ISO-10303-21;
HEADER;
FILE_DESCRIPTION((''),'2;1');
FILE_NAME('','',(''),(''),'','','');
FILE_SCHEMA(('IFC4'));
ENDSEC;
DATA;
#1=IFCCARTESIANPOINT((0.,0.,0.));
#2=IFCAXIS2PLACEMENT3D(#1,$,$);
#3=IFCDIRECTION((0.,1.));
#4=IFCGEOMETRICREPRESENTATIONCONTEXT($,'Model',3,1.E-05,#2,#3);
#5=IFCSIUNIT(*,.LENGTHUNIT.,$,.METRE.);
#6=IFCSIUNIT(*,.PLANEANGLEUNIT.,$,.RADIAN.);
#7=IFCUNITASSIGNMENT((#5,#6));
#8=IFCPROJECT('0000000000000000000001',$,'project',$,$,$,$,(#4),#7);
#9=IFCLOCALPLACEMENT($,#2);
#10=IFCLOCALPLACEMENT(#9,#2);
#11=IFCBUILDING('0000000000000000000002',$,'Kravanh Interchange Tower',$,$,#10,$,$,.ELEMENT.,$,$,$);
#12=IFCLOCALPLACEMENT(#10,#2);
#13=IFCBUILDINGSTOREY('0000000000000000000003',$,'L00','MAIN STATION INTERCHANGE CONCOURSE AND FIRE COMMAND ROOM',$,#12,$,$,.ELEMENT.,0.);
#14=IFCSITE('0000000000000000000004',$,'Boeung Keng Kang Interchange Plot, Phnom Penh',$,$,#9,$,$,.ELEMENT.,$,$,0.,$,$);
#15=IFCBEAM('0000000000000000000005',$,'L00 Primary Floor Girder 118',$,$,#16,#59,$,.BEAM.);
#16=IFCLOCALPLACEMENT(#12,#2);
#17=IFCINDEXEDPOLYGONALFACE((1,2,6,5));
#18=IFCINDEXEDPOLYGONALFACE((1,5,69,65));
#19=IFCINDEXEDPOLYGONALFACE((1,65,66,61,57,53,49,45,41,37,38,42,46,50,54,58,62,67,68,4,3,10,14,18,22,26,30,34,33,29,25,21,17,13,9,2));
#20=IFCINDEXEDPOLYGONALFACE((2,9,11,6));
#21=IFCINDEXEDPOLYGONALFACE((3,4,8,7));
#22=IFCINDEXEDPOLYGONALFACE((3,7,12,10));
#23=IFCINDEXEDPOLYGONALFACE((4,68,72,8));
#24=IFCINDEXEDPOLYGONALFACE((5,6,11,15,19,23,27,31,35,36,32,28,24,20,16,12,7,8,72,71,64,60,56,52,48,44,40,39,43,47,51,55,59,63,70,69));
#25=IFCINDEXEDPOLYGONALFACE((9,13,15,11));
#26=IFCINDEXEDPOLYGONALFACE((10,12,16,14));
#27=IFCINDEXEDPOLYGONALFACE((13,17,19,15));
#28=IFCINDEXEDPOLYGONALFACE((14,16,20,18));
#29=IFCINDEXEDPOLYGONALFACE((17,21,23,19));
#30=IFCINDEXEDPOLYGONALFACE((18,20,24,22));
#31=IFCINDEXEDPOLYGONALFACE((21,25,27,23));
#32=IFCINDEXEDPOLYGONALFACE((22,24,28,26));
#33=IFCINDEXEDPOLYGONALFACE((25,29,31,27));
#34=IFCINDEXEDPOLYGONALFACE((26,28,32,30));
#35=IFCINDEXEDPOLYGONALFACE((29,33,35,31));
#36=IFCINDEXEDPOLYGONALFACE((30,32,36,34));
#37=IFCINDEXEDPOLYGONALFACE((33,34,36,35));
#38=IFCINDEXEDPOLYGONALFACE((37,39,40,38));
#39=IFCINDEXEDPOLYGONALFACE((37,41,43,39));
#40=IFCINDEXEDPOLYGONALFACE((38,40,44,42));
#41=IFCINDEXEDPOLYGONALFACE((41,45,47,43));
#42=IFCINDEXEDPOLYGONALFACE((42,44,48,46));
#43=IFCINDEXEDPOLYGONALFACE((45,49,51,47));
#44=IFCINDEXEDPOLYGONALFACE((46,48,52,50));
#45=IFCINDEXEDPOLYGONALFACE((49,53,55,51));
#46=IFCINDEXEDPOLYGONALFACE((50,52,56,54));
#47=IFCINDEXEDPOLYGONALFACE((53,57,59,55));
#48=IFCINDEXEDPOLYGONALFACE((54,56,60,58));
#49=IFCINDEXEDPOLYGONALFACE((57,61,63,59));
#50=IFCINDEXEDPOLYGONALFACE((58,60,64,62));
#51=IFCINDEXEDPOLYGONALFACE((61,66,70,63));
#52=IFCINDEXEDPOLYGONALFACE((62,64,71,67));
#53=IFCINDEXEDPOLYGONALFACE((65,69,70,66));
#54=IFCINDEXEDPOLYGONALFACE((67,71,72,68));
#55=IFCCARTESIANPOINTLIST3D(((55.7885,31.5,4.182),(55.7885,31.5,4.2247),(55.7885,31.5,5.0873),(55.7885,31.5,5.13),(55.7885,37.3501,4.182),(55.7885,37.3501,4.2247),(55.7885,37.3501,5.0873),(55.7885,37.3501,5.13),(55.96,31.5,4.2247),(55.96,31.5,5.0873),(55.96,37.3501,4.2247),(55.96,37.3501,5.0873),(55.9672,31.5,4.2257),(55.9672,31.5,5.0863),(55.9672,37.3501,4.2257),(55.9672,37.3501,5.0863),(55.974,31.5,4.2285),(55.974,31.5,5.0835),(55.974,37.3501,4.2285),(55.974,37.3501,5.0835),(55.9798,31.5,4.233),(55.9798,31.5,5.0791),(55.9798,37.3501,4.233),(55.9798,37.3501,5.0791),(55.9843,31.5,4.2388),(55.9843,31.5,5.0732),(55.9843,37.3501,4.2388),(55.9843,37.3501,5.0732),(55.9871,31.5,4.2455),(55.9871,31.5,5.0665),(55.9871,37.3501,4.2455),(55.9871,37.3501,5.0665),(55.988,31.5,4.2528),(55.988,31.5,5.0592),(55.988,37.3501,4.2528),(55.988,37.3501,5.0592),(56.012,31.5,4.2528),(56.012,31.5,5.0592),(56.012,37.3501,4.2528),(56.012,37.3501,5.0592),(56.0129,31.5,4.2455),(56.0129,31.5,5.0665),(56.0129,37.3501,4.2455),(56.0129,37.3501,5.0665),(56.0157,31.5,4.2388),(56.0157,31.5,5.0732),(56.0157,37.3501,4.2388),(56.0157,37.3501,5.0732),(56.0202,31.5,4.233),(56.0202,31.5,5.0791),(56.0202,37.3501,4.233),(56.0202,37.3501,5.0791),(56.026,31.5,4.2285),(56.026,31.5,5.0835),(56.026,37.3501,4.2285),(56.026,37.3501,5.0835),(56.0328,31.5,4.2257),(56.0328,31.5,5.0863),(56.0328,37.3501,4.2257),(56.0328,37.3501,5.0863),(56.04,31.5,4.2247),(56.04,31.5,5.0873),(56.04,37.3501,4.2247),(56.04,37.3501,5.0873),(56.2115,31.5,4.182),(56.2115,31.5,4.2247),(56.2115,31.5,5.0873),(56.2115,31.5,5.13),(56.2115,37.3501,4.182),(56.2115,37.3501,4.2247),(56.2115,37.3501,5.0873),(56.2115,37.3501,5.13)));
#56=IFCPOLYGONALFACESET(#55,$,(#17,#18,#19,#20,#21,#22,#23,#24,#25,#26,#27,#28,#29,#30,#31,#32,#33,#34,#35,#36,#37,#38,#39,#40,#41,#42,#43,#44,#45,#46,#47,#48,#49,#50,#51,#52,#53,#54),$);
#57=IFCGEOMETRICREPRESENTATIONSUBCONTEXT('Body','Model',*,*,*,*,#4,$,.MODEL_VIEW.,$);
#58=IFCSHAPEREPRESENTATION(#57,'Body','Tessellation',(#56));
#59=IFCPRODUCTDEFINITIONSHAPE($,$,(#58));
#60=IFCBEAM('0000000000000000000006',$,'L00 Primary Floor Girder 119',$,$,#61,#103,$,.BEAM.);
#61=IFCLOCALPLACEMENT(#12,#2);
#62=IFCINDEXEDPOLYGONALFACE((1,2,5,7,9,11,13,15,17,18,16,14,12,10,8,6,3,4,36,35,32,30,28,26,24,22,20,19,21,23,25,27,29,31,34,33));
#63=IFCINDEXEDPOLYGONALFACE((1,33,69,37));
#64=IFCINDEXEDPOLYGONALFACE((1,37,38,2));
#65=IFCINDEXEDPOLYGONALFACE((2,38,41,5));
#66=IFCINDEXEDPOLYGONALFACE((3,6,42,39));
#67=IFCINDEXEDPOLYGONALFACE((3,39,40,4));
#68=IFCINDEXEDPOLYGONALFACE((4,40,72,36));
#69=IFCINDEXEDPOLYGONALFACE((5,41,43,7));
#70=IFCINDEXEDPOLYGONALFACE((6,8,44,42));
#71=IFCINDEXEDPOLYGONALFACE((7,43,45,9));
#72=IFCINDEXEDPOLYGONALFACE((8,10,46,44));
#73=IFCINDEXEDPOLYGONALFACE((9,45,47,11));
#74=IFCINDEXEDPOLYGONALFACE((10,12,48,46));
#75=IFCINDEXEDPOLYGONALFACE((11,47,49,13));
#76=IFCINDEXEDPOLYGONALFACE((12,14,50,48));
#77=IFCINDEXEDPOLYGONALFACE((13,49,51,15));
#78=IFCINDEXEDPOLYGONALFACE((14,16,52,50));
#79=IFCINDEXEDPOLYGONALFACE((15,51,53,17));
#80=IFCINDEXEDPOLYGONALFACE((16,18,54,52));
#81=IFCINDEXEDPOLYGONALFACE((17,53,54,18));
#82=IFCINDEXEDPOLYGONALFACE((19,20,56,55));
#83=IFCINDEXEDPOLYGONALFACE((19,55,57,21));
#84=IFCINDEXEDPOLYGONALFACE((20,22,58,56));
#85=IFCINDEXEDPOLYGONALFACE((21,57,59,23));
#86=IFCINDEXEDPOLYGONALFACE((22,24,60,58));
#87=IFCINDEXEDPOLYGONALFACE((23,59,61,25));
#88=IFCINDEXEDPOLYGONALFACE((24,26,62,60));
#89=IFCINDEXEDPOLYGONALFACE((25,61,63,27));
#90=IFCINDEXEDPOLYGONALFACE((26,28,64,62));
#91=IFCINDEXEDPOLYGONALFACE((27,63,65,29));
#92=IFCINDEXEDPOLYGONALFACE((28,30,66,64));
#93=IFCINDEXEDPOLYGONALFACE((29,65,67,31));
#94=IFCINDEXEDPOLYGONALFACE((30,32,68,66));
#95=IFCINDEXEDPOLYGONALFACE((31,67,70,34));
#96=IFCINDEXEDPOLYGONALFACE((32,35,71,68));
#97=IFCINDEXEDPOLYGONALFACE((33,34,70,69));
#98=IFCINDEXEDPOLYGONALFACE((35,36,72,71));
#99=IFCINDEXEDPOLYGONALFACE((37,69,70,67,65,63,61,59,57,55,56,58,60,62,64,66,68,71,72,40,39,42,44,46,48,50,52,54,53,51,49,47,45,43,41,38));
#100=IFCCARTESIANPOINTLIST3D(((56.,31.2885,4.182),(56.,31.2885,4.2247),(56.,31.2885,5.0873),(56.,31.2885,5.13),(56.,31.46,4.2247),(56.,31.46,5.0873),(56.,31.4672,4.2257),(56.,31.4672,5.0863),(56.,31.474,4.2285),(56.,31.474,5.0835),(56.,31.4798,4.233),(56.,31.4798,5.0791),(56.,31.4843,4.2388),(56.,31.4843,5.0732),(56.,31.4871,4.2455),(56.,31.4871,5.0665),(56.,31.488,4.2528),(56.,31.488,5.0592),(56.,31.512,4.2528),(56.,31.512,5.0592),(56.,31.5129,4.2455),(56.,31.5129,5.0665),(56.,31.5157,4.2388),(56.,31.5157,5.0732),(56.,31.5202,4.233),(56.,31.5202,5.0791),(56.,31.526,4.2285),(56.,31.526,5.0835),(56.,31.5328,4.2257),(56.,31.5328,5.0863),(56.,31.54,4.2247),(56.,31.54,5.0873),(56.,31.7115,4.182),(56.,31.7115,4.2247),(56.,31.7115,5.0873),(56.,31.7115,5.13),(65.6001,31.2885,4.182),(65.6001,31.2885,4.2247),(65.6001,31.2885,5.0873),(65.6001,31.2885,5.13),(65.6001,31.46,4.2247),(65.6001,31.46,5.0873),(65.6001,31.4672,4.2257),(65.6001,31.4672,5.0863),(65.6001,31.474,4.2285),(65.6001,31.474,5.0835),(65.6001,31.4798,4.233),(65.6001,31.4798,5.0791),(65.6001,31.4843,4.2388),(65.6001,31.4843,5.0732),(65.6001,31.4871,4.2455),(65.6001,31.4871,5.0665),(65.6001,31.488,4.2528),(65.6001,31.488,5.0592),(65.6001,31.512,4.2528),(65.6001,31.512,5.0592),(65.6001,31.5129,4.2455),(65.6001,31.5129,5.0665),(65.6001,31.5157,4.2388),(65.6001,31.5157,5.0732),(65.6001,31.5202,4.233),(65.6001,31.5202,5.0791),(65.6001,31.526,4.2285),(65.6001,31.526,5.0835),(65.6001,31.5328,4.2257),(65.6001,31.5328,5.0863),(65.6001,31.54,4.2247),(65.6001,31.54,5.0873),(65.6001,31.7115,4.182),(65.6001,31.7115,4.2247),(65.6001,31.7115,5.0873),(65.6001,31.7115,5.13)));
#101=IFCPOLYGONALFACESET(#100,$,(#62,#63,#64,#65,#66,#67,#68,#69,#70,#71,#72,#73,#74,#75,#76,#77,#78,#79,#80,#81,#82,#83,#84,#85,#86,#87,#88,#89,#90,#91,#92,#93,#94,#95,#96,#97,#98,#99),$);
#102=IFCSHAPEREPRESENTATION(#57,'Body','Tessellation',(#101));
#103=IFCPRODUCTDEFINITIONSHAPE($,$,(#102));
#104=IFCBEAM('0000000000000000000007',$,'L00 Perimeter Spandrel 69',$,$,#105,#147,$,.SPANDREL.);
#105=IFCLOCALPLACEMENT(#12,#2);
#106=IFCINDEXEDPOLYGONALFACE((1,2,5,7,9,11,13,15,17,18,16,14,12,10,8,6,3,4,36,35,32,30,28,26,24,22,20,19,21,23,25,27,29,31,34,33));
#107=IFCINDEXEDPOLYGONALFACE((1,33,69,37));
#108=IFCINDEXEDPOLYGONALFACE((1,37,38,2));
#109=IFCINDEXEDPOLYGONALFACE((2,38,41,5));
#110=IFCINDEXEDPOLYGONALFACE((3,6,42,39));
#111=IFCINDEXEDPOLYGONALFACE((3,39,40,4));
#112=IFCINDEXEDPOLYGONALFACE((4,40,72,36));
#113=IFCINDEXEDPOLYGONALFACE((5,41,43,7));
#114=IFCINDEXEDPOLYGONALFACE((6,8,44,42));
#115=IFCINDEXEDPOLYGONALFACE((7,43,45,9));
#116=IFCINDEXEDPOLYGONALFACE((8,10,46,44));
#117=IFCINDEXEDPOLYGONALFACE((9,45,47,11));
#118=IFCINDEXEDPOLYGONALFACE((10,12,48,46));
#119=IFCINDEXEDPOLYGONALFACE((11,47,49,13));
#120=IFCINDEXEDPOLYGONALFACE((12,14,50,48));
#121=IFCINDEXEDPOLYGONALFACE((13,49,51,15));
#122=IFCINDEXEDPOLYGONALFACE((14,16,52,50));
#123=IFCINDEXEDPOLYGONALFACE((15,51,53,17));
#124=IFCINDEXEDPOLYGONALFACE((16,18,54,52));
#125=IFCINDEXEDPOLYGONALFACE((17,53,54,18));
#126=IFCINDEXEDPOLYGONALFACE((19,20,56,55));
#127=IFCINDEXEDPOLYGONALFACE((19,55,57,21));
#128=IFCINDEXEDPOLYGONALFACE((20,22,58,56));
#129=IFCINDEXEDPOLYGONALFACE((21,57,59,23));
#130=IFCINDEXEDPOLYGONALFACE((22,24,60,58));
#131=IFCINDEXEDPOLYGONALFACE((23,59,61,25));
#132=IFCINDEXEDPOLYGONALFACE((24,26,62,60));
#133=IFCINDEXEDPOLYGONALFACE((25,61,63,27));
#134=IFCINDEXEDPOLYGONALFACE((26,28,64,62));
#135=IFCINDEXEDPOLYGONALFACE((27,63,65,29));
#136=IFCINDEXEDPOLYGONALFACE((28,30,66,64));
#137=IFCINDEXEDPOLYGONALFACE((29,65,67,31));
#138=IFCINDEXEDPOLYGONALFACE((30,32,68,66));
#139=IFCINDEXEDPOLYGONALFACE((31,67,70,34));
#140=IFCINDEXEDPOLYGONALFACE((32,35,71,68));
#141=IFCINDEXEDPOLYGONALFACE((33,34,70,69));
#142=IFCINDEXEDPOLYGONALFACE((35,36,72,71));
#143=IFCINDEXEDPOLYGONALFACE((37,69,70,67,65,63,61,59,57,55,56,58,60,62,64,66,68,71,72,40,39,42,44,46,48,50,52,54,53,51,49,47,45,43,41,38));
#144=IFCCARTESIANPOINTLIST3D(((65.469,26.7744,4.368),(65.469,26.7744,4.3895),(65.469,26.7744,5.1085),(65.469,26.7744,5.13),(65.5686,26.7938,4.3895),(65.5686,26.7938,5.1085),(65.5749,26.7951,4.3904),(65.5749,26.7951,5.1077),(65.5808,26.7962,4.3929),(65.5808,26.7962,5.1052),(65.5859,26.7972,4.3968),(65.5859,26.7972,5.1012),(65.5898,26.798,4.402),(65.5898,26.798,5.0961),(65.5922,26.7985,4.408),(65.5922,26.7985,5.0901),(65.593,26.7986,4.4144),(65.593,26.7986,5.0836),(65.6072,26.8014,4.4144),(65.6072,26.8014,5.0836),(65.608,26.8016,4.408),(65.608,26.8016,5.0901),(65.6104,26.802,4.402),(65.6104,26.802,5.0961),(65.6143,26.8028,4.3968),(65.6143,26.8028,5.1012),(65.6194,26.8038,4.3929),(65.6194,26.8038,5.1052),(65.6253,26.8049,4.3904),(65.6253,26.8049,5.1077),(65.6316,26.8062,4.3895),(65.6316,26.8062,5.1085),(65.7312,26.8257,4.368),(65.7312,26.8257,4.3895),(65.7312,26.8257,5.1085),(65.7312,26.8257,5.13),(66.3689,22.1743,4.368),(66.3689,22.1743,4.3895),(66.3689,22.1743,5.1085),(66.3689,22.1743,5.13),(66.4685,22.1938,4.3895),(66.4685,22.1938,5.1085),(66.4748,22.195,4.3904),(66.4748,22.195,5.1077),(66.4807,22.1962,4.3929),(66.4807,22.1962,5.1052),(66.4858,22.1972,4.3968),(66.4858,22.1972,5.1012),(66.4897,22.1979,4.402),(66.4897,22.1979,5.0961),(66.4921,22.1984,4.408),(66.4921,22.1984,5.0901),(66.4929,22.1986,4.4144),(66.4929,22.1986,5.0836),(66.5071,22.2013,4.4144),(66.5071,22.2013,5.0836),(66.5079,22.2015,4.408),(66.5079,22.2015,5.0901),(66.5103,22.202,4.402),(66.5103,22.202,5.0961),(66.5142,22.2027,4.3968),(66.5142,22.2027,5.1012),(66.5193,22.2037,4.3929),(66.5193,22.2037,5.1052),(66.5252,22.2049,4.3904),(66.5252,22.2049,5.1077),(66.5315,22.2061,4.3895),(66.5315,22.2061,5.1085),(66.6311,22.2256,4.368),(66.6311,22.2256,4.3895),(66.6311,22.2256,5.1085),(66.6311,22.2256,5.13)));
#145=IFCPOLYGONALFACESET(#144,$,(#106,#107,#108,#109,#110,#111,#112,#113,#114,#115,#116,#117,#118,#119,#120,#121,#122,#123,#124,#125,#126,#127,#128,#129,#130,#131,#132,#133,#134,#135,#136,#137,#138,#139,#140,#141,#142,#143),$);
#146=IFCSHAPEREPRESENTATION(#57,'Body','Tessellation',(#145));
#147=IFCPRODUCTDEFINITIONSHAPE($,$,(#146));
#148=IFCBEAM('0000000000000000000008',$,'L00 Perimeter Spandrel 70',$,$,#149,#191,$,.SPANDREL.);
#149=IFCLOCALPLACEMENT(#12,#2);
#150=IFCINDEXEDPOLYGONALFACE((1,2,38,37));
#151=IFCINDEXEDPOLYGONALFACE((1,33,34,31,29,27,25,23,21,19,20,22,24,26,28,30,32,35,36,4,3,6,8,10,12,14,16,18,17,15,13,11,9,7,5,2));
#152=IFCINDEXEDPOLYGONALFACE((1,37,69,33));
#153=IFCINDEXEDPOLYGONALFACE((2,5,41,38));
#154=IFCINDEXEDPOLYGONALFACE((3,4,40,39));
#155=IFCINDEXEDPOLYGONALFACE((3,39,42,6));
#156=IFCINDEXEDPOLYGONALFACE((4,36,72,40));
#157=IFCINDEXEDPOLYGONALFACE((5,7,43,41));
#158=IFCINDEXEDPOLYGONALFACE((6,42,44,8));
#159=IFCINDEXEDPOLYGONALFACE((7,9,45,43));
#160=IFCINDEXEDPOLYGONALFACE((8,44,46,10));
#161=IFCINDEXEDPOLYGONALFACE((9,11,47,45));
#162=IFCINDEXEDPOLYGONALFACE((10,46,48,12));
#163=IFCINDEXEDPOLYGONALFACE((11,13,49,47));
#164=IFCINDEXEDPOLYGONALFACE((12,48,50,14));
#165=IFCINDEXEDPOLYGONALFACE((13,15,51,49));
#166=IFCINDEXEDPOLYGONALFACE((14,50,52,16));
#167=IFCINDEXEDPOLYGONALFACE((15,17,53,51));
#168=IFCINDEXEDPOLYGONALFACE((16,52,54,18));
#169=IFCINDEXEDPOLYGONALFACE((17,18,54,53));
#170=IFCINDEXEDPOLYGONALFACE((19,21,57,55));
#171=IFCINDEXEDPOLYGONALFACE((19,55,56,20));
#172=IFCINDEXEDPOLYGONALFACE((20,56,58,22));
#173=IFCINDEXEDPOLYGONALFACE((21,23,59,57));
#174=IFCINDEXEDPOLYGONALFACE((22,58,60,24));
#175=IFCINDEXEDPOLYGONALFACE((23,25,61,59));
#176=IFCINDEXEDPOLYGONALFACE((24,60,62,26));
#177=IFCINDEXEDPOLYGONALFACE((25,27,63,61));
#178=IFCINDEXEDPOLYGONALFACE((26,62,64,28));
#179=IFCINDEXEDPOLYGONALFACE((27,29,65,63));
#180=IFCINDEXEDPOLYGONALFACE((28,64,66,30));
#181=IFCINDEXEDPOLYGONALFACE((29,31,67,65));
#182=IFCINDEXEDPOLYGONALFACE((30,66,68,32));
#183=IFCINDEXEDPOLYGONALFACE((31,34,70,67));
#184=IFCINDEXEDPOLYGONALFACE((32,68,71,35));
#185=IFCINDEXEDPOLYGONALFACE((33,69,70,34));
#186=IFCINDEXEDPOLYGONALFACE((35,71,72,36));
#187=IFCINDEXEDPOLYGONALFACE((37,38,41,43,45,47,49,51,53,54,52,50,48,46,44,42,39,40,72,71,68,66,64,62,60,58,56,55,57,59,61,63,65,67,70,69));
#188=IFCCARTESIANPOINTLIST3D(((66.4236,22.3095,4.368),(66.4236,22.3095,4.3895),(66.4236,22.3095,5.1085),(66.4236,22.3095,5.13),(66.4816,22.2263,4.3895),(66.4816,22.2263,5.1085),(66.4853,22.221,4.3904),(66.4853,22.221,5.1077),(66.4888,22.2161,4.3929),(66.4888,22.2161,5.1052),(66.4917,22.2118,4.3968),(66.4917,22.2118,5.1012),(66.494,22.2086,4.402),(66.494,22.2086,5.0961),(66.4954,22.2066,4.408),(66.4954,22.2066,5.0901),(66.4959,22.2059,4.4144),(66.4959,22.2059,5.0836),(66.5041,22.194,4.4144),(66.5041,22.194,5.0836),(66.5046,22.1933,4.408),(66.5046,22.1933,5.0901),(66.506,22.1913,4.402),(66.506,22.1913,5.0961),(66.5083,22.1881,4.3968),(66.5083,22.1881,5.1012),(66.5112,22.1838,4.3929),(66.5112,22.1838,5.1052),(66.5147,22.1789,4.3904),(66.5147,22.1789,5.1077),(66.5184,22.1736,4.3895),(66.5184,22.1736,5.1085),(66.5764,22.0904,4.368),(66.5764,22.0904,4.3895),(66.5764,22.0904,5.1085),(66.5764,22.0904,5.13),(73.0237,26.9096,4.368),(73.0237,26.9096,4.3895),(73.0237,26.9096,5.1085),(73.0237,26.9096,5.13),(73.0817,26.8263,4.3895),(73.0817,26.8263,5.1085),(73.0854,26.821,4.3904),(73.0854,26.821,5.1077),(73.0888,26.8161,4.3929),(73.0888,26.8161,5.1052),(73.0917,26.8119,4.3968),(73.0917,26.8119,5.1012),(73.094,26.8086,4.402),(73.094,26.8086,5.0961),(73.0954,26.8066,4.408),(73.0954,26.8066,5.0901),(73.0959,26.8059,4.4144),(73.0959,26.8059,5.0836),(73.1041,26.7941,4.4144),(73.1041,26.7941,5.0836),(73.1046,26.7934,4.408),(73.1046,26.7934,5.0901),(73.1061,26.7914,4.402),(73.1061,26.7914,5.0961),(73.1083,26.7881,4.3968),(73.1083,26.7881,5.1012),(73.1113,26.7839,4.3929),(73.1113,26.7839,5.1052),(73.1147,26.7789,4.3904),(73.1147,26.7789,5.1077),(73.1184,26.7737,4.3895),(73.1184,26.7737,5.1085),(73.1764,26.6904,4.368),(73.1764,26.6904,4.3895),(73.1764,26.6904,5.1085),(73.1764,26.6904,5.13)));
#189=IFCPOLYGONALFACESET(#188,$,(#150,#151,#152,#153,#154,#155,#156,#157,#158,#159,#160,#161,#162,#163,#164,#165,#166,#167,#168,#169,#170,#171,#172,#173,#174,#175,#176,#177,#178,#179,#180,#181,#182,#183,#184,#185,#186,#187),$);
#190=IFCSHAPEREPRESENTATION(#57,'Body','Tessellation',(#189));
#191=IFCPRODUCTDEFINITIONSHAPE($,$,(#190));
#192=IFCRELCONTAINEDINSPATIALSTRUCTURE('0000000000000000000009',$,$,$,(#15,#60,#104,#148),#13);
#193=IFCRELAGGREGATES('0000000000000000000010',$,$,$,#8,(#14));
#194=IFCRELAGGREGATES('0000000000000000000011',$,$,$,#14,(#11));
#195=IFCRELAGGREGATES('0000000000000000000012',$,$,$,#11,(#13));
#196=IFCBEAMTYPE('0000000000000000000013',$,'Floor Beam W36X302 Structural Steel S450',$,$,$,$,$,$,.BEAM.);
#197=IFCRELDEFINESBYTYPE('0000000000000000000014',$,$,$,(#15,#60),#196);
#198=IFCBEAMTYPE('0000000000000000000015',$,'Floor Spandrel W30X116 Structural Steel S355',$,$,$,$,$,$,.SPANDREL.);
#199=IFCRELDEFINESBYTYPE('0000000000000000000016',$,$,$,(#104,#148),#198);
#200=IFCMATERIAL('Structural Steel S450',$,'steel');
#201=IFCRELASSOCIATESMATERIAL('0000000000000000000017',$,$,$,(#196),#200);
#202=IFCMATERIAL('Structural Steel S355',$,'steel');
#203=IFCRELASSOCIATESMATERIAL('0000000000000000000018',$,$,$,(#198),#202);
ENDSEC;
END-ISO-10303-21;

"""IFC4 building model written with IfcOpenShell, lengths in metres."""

from ifc_helpers import new_model, si_unit, direction, frame, origin, origin_2d, place, context, subcontext, project, spatial, i_section, extrude, material, material_profile, profile_set, type_object, element, save


model = new_model("IFC4")

# Units and contexts
model_context = context("Model", 3, precision=1e-05, world=origin(), true_north=direction((0.0, 1.0)))
body_context = subcontext(model_context, "Body", "Model", "MODEL_VIEW")
ifc_project = project(units=[si_unit("LENGTHUNIT", "METRE"), si_unit("PLANEANGLEUNIT", "RADIAN")], contexts=[model_context])

# Site, building, storey
site_placement = place(None, origin())
site = spatial("IfcSite", under=ifc_project, at=site_placement, Name="Boeung Keng Kang Interchange Plot, Phnom Penh", CompositionType="ELEMENT", RefElevation=0.0)
building_placement = place(site_placement, origin())
building = spatial("IfcBuilding", under=site, at=building_placement, Name="Kravanh Interchange Tower", CompositionType="ELEMENT")
storey_placement = place(building_placement, origin())
storey = spatial("IfcBuildingStorey", under=building, at=storey_placement, Name="L00", Description="MAIN STATION INTERCHANGE CONCOURSE AND FIRE COMMAND ROOM", CompositionType="ELEMENT", Elevation=0.0)

# Beams
ifc_material_1 = material(Name="Structural Steel S450", Category="steel")
ifc_material_profile_1 = material_profile(ifc_material_1, i_section(OverallWidth=0.4231, OverallDepth=0.948, WebThickness=0.0239, FlangeThickness=0.0427, FilletRadius=0.0281, at=origin_2d()), Name="W36X302")
ifc_profile_set_1 = profile_set([ifc_material_profile_1], Name="Structural Steel S450")
beam_type_1 = type_object("IfcBeamType", Name="Floor Beam W36X302 Structural Steel S450", PredefinedType="BEAM", material=ifc_profile_set_1)
beam_1_placement = place(storey_placement, frame((56.0, 31.5, 4.656), z_axis=(0.0, 1.0, 0.0), x_axis=(-1.0, 0.0, 0.0)))
element("IfcBeam", 1, at=beam_1_placement, inside=storey, type_object=beam_type_1, Name="L00 Primary Floor Girder 118", PredefinedType="BEAM", context=body_context, shape_type="SweptSolid", body=[
    extrude(i_section(OverallWidth=0.4231, OverallDepth=0.948, WebThickness=0.0239, FlangeThickness=0.0427, FilletRadius=0.0281, at=origin_2d()), origin(), (0.0, 0.0, 1.0), 5.8501),
])
beam_2_placement = place(storey_placement, frame((56.0, 31.5, 4.656), z_axis=(1.0, 0.0, 0.0), x_axis=(0.0, 1.0, 0.0)))
element("IfcBeam", 2, at=beam_2_placement, inside=storey, type_object=beam_type_1, Name="L00 Primary Floor Girder 119", PredefinedType="BEAM", context=body_context, shape_type="SweptSolid", body=[
    extrude(i_section(OverallWidth=0.4231, OverallDepth=0.948, WebThickness=0.0239, FlangeThickness=0.0427, FilletRadius=0.0281, at=origin_2d()), origin(), (0.0, 0.0, 1.0), 9.6001),
])
ifc_material_2 = material(Name="Structural Steel S355", Category="steel")
ifc_material_profile_2 = material_profile(ifc_material_2, i_section(OverallWidth=0.2671, OverallDepth=0.762, WebThickness=0.0144, FlangeThickness=0.0215, FilletRadius=0.0249, at=origin_2d()), Name="W30X116")
ifc_profile_set_2 = profile_set([ifc_material_profile_2], Name="Structural Steel S355")
beam_type_2 = type_object("IfcBeamType", Name="Floor Spandrel W30X116 Structural Steel S355", PredefinedType="SPANDREL", material=ifc_profile_set_2)
beam_3_placement = place(storey_placement, frame((66.5, 22.2, 4.749), z_axis=(-0.191988, 0.981397, 0.0), x_axis=(-0.981397, -0.191988, 0.0)))
element("IfcBeam", 3, at=beam_3_placement, inside=storey, type_object=beam_type_2, Name="L00 Perimeter Spandrel 69", PredefinedType="SPANDREL", context=body_context, shape_type="SweptSolid", body=[
    extrude(i_section(OverallWidth=0.2671, OverallDepth=0.762, WebThickness=0.0144, FlangeThickness=0.0215, FilletRadius=0.0249, at=origin_2d()), origin(), (0.0, 0.0, 1.0), 4.6873),
])
beam_4_placement = place(storey_placement, frame((66.5, 22.2, 4.749), z_axis=(0.820396, 0.571795, 0.0), x_axis=(-0.571795, 0.820396, 0.0)))
element("IfcBeam", 4, at=beam_4_placement, inside=storey, type_object=beam_type_2, Name="L00 Perimeter Spandrel 70", PredefinedType="SPANDREL", context=body_context, shape_type="SweptSolid", body=[
    extrude(i_section(OverallWidth=0.2671, OverallDepth=0.762, WebThickness=0.0144, FlangeThickness=0.0215, FilletRadius=0.0249, at=origin_2d()), origin(), (0.0, 0.0, 1.0), 8.0449),
])

save(model, "model.ifc")
